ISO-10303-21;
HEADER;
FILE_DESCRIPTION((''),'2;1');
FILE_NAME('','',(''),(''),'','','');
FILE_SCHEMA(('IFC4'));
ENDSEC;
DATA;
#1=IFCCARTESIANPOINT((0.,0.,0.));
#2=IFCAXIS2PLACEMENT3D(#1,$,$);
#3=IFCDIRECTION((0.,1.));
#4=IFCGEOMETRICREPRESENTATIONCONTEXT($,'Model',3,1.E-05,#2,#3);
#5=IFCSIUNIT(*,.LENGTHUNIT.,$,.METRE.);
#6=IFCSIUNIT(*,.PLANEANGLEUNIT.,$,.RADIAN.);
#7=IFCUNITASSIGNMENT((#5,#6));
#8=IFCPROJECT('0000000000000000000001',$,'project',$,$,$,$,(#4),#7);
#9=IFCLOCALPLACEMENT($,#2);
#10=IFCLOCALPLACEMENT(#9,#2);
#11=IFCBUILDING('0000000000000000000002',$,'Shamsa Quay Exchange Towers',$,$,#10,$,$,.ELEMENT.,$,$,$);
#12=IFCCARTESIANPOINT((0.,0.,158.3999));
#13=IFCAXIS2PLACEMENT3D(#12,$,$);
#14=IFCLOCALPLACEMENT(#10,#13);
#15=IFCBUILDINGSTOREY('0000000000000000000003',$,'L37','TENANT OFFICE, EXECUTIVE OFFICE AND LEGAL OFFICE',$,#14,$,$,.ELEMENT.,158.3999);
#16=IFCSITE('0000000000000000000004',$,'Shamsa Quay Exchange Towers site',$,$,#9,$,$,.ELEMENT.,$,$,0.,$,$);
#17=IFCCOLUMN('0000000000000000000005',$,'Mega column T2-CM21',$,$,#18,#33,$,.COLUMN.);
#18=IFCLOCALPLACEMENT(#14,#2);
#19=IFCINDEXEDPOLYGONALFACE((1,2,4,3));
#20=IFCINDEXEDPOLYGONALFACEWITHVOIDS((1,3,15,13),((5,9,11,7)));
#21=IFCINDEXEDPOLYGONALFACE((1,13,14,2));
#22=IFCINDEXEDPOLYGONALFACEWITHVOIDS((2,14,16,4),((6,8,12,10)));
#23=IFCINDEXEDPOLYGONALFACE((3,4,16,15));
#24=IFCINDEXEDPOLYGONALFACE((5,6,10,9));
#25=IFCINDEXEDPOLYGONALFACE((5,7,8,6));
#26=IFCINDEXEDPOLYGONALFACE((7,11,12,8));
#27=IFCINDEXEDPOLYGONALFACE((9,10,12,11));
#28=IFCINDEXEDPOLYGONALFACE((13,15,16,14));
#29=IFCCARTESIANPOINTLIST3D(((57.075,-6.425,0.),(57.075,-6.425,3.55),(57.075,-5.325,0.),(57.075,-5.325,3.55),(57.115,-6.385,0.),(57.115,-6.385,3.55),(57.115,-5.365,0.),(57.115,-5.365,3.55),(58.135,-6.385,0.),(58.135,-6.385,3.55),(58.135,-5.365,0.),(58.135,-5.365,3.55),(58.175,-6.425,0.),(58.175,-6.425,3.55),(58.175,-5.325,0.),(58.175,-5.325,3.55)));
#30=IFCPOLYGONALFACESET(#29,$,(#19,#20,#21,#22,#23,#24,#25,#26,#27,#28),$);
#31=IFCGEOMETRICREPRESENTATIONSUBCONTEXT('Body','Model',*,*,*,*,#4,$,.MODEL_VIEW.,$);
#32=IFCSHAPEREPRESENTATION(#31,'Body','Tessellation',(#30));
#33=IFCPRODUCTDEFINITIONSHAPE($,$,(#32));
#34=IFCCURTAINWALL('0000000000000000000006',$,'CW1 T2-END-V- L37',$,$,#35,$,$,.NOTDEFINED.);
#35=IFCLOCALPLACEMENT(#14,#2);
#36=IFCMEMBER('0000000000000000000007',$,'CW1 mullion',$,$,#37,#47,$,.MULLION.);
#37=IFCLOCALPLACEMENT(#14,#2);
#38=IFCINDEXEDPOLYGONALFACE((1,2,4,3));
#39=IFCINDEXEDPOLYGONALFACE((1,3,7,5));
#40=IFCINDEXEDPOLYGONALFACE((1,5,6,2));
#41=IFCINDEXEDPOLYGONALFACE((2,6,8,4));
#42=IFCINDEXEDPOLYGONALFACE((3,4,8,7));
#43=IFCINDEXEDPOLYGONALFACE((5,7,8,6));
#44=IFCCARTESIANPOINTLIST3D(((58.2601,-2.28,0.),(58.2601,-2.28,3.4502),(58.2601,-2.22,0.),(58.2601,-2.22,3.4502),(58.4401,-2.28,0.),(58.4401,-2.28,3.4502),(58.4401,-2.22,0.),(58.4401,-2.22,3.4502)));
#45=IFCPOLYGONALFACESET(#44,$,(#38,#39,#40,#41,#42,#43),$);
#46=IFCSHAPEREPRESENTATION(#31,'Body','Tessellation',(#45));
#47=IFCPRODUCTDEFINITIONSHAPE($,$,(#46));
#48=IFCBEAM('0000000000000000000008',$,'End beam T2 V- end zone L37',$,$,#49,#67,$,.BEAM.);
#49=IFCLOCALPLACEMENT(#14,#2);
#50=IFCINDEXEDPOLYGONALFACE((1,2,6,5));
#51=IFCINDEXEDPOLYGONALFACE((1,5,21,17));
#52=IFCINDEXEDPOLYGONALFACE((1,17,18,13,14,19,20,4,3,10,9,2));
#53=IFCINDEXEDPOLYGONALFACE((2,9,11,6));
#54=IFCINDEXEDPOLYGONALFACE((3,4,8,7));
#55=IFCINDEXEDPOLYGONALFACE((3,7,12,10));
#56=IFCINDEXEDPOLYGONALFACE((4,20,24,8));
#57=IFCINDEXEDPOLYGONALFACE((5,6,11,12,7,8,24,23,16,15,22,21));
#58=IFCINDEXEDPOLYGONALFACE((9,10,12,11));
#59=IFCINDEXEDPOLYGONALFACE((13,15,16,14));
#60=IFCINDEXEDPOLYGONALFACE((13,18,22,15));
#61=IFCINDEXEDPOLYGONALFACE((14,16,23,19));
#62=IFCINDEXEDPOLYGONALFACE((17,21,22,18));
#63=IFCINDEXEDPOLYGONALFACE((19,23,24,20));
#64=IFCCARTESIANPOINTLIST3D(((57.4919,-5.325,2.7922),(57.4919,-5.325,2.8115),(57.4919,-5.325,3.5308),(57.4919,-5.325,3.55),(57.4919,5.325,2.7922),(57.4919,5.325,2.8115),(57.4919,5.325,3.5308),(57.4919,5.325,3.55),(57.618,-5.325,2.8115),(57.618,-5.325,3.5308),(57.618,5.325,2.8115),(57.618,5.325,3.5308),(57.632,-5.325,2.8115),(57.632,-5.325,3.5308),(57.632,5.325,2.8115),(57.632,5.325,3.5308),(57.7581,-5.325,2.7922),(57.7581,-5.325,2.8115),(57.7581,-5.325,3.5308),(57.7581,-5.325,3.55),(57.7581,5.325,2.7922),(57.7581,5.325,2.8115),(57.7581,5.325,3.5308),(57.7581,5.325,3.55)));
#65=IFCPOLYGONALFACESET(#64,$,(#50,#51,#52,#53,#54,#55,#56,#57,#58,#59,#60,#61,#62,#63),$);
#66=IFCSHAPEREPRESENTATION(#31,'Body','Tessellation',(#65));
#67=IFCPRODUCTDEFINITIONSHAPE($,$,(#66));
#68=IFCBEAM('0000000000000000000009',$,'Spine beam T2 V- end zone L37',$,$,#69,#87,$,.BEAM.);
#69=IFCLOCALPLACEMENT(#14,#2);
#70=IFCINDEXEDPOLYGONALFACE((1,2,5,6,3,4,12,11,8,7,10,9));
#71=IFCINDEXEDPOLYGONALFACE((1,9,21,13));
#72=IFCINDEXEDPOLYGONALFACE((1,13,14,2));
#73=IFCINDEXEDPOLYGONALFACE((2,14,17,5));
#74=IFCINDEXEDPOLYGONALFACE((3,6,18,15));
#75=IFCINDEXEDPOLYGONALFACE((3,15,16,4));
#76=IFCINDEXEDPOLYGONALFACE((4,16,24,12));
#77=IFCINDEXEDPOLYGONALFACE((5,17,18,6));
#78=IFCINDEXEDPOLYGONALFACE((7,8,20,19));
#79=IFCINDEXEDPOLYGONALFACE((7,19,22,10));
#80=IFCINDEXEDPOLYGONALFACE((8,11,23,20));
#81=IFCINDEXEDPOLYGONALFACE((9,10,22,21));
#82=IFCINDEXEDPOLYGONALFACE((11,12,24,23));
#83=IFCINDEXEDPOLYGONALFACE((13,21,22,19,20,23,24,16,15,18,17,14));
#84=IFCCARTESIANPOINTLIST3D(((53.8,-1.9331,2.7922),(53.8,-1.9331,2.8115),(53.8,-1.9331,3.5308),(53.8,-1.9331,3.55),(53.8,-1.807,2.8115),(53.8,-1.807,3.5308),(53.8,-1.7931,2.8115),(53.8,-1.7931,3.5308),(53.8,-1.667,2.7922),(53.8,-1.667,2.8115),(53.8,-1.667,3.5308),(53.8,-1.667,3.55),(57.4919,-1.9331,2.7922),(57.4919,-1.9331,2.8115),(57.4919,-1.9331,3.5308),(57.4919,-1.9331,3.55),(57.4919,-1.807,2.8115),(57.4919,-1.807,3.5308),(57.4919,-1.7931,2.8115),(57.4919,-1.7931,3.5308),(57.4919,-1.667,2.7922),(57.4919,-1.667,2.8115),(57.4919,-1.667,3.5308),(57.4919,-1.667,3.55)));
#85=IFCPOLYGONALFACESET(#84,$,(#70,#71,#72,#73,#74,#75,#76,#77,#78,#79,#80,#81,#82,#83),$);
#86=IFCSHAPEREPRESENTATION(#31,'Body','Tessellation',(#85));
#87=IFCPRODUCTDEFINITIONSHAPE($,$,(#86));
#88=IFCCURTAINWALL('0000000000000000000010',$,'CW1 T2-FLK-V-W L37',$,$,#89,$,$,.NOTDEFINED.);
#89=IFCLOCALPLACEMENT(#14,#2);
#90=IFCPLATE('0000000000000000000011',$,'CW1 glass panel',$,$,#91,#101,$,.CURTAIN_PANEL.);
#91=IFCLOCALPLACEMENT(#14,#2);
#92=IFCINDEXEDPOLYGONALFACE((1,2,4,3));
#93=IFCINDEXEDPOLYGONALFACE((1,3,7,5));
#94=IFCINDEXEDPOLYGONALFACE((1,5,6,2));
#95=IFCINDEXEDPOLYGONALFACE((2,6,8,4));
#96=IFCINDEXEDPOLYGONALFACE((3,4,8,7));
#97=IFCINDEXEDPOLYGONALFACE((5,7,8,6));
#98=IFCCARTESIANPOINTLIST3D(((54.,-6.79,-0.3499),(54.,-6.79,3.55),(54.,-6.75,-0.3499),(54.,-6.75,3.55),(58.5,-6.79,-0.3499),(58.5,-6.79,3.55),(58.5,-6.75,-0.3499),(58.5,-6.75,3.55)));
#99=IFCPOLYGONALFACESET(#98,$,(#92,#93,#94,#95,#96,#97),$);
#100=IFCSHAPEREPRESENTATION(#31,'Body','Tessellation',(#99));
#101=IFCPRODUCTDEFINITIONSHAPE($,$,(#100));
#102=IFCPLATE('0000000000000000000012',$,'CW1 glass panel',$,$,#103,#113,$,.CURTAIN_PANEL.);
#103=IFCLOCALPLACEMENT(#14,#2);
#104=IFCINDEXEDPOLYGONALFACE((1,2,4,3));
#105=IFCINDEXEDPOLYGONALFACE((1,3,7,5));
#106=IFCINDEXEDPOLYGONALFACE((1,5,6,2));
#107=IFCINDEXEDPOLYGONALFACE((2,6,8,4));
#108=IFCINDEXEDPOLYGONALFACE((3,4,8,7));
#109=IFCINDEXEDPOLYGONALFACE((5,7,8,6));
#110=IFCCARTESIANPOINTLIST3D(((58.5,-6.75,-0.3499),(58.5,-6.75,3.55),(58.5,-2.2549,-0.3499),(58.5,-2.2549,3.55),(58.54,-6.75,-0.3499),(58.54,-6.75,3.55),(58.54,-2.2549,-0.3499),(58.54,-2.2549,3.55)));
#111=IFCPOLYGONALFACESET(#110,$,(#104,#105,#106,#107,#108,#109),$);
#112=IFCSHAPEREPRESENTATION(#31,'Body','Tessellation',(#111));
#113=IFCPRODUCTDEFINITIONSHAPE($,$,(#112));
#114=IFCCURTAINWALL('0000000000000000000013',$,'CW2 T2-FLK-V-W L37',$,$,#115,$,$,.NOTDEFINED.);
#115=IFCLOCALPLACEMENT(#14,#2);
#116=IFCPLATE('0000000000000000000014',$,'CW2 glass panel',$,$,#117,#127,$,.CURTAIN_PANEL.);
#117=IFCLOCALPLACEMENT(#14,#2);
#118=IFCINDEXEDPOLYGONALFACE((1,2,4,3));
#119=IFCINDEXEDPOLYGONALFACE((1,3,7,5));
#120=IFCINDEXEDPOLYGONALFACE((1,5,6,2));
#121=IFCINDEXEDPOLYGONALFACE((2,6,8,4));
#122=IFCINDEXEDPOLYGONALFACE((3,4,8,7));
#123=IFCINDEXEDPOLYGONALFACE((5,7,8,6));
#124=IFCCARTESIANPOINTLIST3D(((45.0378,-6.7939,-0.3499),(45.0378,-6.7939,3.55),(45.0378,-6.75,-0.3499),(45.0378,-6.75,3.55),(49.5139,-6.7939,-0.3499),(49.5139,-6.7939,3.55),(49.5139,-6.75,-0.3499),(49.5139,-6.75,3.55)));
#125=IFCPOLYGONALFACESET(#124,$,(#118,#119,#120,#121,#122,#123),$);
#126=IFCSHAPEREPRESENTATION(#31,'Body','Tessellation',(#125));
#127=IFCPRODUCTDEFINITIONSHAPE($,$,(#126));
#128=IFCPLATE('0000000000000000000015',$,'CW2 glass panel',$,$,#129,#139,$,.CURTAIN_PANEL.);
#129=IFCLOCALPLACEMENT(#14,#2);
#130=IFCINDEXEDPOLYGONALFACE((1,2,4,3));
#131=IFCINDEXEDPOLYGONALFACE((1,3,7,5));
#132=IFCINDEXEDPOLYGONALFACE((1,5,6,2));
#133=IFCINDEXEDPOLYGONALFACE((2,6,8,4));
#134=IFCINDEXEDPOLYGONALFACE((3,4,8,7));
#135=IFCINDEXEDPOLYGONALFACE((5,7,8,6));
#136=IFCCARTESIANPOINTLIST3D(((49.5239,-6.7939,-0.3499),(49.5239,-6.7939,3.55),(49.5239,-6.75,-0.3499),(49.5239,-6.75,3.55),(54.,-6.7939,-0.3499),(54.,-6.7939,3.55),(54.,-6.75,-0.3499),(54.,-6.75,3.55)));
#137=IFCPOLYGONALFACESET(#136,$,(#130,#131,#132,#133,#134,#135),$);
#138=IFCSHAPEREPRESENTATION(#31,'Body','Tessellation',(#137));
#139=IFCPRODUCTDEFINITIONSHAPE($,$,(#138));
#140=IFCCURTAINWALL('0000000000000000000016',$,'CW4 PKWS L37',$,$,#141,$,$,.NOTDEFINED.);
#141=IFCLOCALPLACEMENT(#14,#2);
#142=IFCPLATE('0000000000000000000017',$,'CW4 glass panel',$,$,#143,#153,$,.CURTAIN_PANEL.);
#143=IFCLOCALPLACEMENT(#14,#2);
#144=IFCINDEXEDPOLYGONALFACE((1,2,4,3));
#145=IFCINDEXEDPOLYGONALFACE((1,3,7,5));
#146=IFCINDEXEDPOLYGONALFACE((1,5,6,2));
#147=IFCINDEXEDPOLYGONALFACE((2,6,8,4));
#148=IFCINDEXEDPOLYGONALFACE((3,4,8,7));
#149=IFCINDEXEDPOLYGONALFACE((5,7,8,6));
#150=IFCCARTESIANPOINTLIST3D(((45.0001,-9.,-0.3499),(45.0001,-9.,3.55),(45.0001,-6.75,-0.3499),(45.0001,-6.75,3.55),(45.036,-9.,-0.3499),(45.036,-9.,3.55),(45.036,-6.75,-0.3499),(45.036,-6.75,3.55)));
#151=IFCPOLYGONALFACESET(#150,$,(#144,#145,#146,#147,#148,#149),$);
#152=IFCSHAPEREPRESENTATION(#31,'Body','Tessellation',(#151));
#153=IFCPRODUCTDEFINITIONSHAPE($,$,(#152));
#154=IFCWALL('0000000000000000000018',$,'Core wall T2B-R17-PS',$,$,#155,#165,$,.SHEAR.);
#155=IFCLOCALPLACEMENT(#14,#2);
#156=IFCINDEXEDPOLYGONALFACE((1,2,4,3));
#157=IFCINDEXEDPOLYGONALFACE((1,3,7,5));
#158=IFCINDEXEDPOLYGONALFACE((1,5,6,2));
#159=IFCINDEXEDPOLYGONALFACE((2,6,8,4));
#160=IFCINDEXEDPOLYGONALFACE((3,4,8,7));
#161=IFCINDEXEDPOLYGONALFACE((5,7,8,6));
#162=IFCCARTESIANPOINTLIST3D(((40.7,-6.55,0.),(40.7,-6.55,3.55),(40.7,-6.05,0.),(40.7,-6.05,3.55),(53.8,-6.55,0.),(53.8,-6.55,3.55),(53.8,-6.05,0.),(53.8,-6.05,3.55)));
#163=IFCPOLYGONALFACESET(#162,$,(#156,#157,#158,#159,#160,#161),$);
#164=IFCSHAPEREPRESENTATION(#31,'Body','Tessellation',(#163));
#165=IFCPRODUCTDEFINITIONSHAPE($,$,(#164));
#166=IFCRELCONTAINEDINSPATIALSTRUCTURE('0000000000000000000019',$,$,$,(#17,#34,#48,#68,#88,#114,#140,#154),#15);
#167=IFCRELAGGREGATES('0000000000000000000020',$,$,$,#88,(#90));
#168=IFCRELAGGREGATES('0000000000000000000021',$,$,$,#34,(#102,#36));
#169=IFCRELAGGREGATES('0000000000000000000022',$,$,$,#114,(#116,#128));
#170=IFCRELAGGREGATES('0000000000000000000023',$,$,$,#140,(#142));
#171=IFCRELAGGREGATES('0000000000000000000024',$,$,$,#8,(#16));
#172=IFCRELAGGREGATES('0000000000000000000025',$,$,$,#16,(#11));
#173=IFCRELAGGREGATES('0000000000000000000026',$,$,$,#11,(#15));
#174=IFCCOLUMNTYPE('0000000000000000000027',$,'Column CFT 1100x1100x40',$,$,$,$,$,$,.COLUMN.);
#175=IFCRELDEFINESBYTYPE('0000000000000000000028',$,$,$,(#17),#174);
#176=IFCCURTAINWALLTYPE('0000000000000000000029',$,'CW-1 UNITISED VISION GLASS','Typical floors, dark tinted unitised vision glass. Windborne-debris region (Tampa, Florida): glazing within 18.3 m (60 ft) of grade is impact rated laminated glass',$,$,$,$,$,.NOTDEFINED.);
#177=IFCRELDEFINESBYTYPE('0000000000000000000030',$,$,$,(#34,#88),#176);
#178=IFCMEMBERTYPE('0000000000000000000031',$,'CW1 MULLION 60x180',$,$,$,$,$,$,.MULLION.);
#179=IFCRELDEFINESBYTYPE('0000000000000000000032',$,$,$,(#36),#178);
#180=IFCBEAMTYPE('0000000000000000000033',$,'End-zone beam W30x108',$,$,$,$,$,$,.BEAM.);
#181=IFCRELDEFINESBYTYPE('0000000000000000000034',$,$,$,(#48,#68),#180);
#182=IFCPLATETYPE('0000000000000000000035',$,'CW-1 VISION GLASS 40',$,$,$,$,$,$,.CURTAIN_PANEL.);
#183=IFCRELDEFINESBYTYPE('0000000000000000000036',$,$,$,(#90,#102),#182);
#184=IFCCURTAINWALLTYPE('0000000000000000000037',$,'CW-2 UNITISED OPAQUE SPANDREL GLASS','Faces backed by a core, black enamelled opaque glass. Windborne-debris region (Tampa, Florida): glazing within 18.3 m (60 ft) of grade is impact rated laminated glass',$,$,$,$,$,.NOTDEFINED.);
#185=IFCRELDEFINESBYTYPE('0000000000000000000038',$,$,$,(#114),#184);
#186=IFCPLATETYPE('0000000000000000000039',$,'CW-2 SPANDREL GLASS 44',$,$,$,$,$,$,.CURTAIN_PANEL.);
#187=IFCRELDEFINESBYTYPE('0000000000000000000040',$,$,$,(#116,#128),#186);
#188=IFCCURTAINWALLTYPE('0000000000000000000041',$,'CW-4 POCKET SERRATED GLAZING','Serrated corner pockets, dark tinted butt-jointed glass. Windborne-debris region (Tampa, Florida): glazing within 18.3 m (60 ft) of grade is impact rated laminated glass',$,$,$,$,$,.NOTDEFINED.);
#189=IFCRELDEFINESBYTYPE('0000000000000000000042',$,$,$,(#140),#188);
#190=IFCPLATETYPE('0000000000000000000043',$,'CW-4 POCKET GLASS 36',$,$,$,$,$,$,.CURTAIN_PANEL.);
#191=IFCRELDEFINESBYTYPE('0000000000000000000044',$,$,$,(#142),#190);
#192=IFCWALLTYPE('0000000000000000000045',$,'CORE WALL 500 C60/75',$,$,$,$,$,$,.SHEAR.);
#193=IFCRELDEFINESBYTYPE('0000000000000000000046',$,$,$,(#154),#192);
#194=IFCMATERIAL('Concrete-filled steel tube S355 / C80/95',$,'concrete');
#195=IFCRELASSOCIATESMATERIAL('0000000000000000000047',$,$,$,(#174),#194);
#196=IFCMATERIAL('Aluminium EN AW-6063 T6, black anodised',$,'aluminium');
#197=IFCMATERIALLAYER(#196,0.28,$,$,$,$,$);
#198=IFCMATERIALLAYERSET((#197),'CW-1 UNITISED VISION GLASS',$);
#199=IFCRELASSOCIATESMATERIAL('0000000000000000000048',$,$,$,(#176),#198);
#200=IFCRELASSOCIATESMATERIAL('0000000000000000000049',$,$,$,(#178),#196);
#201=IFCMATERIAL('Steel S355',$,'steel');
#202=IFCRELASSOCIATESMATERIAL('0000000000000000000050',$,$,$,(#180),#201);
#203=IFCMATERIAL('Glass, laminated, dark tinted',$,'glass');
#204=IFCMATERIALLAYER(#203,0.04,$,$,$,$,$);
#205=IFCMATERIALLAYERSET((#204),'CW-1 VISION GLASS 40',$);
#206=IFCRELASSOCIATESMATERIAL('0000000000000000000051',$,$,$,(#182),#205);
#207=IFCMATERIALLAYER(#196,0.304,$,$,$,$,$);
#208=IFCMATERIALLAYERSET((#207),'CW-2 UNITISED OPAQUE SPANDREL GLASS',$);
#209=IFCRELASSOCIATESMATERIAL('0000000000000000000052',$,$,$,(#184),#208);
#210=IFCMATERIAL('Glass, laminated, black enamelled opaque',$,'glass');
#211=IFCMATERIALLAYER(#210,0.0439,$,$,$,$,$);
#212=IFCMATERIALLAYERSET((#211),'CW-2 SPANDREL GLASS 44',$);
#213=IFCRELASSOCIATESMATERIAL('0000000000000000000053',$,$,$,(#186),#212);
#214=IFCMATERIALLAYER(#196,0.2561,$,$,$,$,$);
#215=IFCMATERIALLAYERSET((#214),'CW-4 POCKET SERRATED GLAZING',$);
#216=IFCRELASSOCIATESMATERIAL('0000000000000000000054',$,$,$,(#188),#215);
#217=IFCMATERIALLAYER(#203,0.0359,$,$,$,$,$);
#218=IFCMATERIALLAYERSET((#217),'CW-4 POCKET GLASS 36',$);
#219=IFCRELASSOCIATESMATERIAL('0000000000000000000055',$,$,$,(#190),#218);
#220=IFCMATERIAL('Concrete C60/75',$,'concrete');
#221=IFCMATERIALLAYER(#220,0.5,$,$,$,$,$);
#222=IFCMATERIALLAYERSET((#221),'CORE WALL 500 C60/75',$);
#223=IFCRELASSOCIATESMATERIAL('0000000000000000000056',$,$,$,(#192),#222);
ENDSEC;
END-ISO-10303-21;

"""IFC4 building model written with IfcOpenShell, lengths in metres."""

from ifc_helpers import new_model, si_unit, direction, frame, frame_2d, origin, origin_2d, place, context, subcontext, project, spatial, rectangle, hollow_rectangle, i_section, extrude, material, layer, layer_set, material_profile, profile_set, type_object, element, aggregate, save


model = new_model("IFC4")

# Units and contexts
model_context = context("Model", 3, precision=1e-05, world=origin(), true_north=direction((0.0, 1.0)))
body_context = subcontext(model_context, "Body", "Model", "MODEL_VIEW")
ifc_project = project(units=[si_unit("LENGTHUNIT", "METRE"), si_unit("PLANEANGLEUNIT", "RADIAN")], contexts=[model_context])

# Site, building, storey
site_placement = place(None, origin())
site = spatial("IfcSite", under=ifc_project, at=site_placement, Name="Shamsa Quay Exchange Towers site", CompositionType="ELEMENT", RefElevation=0.0)
building_placement = place(site_placement, origin())
building = spatial("IfcBuilding", under=site, at=building_placement, Name="Shamsa Quay Exchange Towers", CompositionType="ELEMENT")
storey_placement = place(building_placement, frame((0.0, 0.0, 158.3999)))
storey = spatial("IfcBuildingStorey", under=building, at=storey_placement, Name="L37", Description="TENANT OFFICE, EXECUTIVE OFFICE AND LEGAL OFFICE", CompositionType="ELEMENT", Elevation=158.3999)

# Column
ifc_material_1 = material(Name="Concrete-filled steel tube S355 / C80/95", Category="concrete")
ifc_material_profile_1 = material_profile(ifc_material_1, hollow_rectangle(XDim=1.1001, YDim=1.1001, WallThickness=0.04, at=origin_2d()), Name="CFT 1100x1100x40")
ifc_profile_set_1 = profile_set([ifc_material_profile_1], Name="Concrete-filled steel tube S355 / C80/95")
column_type = type_object("IfcColumnType", Name="Column CFT 1100x1100x40", PredefinedType="COLUMN", material=ifc_profile_set_1)
column_placement = place(storey_placement, frame((57.625, -5.875, 0.0)))
element("IfcColumn", 1, at=column_placement, inside=storey, type_object=column_type, Name="Mega column T2-CM21", PredefinedType="COLUMN", context=body_context, shape_type="SweptSolid", body=[
    extrude(hollow_rectangle(XDim=1.1001, YDim=1.1001, WallThickness=0.04, at=origin_2d()), origin(), (0.0, 0.0, 1.0), 3.55),
])

# Curtain wall, member
ifc_material_2 = material(Name="Aluminium EN AW-6063 T6, black anodised", Category="aluminium")
ifc_layer_1 = layer(ifc_material_2, 0.28)
ifc_layer_set_1 = layer_set([ifc_layer_1], Name="CW-1 UNITISED VISION GLASS")
curtain_wall_type_1 = type_object("IfcCurtainWallType", Name="CW-1 UNITISED VISION GLASS", Description="Typical floors, dark tinted unitised vision glass. Windborne-debris region (Tampa, Florida): glazing within 18.3 m (60 ft) of grade is impact rated laminated glass", PredefinedType="NOTDEFINED", material=ifc_layer_set_1)
curtain_wall_1_placement = place(storey_placement, origin())
curtain_wall_1 = element("IfcCurtainWall", 2, at=curtain_wall_1_placement, inside=storey, type_object=curtain_wall_type_1, Name="CW1 T2-END-V- L37", PredefinedType="NOTDEFINED")
ifc_material_profile_2 = material_profile(ifc_material_2, rectangle(XDim=0.1799, YDim=0.0601, at=origin_2d()), Name="MU60x180")
ifc_profile_set_2 = profile_set([ifc_material_profile_2], Name="Aluminium EN AW-6063 T6, black anodised")
member_type = type_object("IfcMemberType", Name="CW1 MULLION 60x180", PredefinedType="MULLION", material=ifc_profile_set_2)
member_placement = place(storey_placement, frame((58.3501, -2.25, 0.0), z_axis=(0.0, 0.0, 1.0), x_axis=(-1.0, 0.0, 0.0)))
member = element("IfcMember", 3, at=member_placement, type_object=member_type, Name="CW1 mullion", PredefinedType="MULLION", context=body_context, shape_type="SweptSolid", body=[
    extrude(rectangle(XDim=0.1799, YDim=0.0601, at=origin_2d()), origin(), (0.0, 0.0, 1.0), 3.4502),
])

# Beams
ifc_material_3 = material(Name="Steel S355", Category="steel")
ifc_material_profile_3 = material_profile(ifc_material_3, i_section(OverallWidth=0.2661, OverallDepth=0.7578, WebThickness=0.0139, FlangeThickness=0.0193, at=origin_2d()), Name="W30x108")
ifc_profile_set_3 = profile_set([ifc_material_profile_3], Name="Steel S355")
beam_type = type_object("IfcBeamType", Name="End-zone beam W30x108", PredefinedType="BEAM", material=ifc_profile_set_3)
beam_1_placement = place(storey_placement, frame((57.625, -5.325, 3.1711), z_axis=(0.0, 1.0, 0.0), x_axis=(-1.0, 0.0, 0.0)))
element("IfcBeam", 4, at=beam_1_placement, inside=storey, type_object=beam_type, Name="End beam T2 V- end zone L37", PredefinedType="BEAM", context=body_context, shape_type="SweptSolid", body=[
    extrude(i_section(OverallWidth=0.2661, OverallDepth=0.7578, WebThickness=0.0139, FlangeThickness=0.0193, at=origin_2d()), origin(), (0.0, 0.0, 1.0), 10.6499),
])
beam_2_placement = place(storey_placement, frame((53.8, -1.8, 3.1711), z_axis=(1.0, 0.0, 0.0), x_axis=(0.0, 1.0, 0.0)))
element("IfcBeam", 5, at=beam_2_placement, inside=storey, type_object=beam_type, Name="Spine beam T2 V- end zone L37", PredefinedType="BEAM", context=body_context, shape_type="SweptSolid", body=[
    extrude(i_section(OverallWidth=0.2661, OverallDepth=0.7578, WebThickness=0.0139, FlangeThickness=0.0193, at=origin_2d()), origin(), (0.0, 0.0, 1.0), 3.6919),
])

# Curtain wall, plate
curtain_wall_2_placement = place(storey_placement, origin())
curtain_wall_2 = element("IfcCurtainWall", 6, at=curtain_wall_2_placement, inside=storey, type_object=curtain_wall_type_1, Name="CW1 T2-FLK-V-W L37", PredefinedType="NOTDEFINED")
ifc_material_4 = material(Name="Glass, laminated, dark tinted", Category="glass")
ifc_layer_2 = layer(ifc_material_4, 0.04)
ifc_layer_set_2 = layer_set([ifc_layer_2], Name="CW-1 VISION GLASS 40")
plate_type_1 = type_object("IfcPlateType", Name="CW-1 VISION GLASS 40", PredefinedType="CURTAIN_PANEL", material=ifc_layer_set_2)
plate_1_placement = place(storey_placement, frame((56.25, -6.77, -0.3499)))
plate_1 = element("IfcPlate", 7, at=plate_1_placement, type_object=plate_type_1, Name="CW1 glass panel", PredefinedType="CURTAIN_PANEL", context=body_context, shape_type="SweptSolid", body=[
    extrude(rectangle(XDim=4.5, YDim=0.04, at=origin_2d()), origin(), (0.0, 0.0, 1.0), 3.8999),
])
aggregate(curtain_wall_2, [plate_1])

# Plate
plate_2_placement = place(storey_placement, frame((58.52, -4.5024, -0.3499), z_axis=(0.0, 0.0, 1.0), x_axis=(0.0, 1.0, 0.0)))
plate_2 = element("IfcPlate", 8, at=plate_2_placement, type_object=plate_type_1, Name="CW1 glass panel", PredefinedType="CURTAIN_PANEL", context=body_context, shape_type="SweptSolid", body=[
    extrude(rectangle(XDim=4.4951, YDim=0.04, at=origin_2d()), origin(), (0.0, 0.0, 1.0), 3.8999),
])
aggregate(curtain_wall_1, [plate_2, member])

# Curtain wall, plates
ifc_layer_3 = layer(ifc_material_2, 0.304)
ifc_layer_set_3 = layer_set([ifc_layer_3], Name="CW-2 UNITISED OPAQUE SPANDREL GLASS")
curtain_wall_type_2 = type_object("IfcCurtainWallType", Name="CW-2 UNITISED OPAQUE SPANDREL GLASS", Description="Faces backed by a core, black enamelled opaque glass. Windborne-debris region (Tampa, Florida): glazing within 18.3 m (60 ft) of grade is impact rated laminated glass", PredefinedType="NOTDEFINED", material=ifc_layer_set_3)
curtain_wall_3_placement = place(storey_placement, origin())
curtain_wall_3 = element("IfcCurtainWall", 9, at=curtain_wall_3_placement, inside=storey, type_object=curtain_wall_type_2, Name="CW2 T2-FLK-V-W L37", PredefinedType="NOTDEFINED")
ifc_material_5 = material(Name="Glass, laminated, black enamelled opaque", Category="glass")
ifc_layer_4 = layer(ifc_material_5, 0.0439)
ifc_layer_set_4 = layer_set([ifc_layer_4], Name="CW-2 SPANDREL GLASS 44")
plate_type_2 = type_object("IfcPlateType", Name="CW-2 SPANDREL GLASS 44", PredefinedType="CURTAIN_PANEL", material=ifc_layer_set_4)
plate_3_placement = place(storey_placement, frame((47.2759, -6.772, -0.3499)))
plate_3 = element("IfcPlate", 10, at=plate_3_placement, type_object=plate_type_2, Name="CW2 glass panel", PredefinedType="CURTAIN_PANEL", context=body_context, shape_type="SweptSolid", body=[
    extrude(rectangle(XDim=4.4761, YDim=0.0439, at=origin_2d()), origin(), (0.0, 0.0, 1.0), 3.8999),
])
plate_4_placement = place(storey_placement, frame((51.762, -6.772, -0.3499)))
plate_4 = element("IfcPlate", 11, at=plate_4_placement, type_object=plate_type_2, Name="CW2 glass panel", PredefinedType="CURTAIN_PANEL", context=body_context, shape_type="SweptSolid", body=[
    extrude(rectangle(XDim=4.4761, YDim=0.0439, at=origin_2d()), origin(), (0.0, 0.0, 1.0), 3.8999),
])
aggregate(curtain_wall_3, [plate_3, plate_4])

# Curtain wall, plate
ifc_layer_5 = layer(ifc_material_2, 0.2561)
ifc_layer_set_5 = layer_set([ifc_layer_5], Name="CW-4 POCKET SERRATED GLAZING")
curtain_wall_type_3 = type_object("IfcCurtainWallType", Name="CW-4 POCKET SERRATED GLAZING", Description="Serrated corner pockets, dark tinted butt-jointed glass. Windborne-debris region (Tampa, Florida): glazing within 18.3 m (60 ft) of grade is impact rated laminated glass", PredefinedType="NOTDEFINED", material=ifc_layer_set_5)
curtain_wall_4_placement = place(storey_placement, origin())
curtain_wall_4 = element("IfcCurtainWall", 12, at=curtain_wall_4_placement, inside=storey, type_object=curtain_wall_type_3, Name="CW4 PKWS L37", PredefinedType="NOTDEFINED")
ifc_layer_6 = layer(ifc_material_4, 0.0359)
ifc_layer_set_6 = layer_set([ifc_layer_6], Name="CW-4 POCKET GLASS 36")
plate_type_3 = type_object("IfcPlateType", Name="CW-4 POCKET GLASS 36", PredefinedType="CURTAIN_PANEL", material=ifc_layer_set_6)
plate_5_placement = place(storey_placement, frame((45.0181, -7.875, -0.3499), z_axis=(0.0, 0.0, 1.0), x_axis=(0.0, 1.0, 0.0)))
plate_5 = element("IfcPlate", 13, at=plate_5_placement, type_object=plate_type_3, Name="CW4 glass panel", PredefinedType="CURTAIN_PANEL", context=body_context, shape_type="SweptSolid", body=[
    extrude(rectangle(XDim=2.25, YDim=0.0359, at=origin_2d()), origin(), (0.0, 0.0, 1.0), 3.8999),
])
aggregate(curtain_wall_4, [plate_5])

# Wall
ifc_material_6 = material(Name="Concrete C60/75", Category="concrete")
ifc_layer_7 = layer(ifc_material_6, 0.5)
ifc_layer_set_7 = layer_set([ifc_layer_7], Name="CORE WALL 500 C60/75")
wall_type_1 = type_object("IfcWallType", Name="CORE WALL 500 C60/75", PredefinedType="SHEAR", material=ifc_layer_set_7)
wall_1_placement = place(storey_placement, frame((53.8, -6.3, 0.0), z_axis=(0.0, 0.0, 1.0), x_axis=(-1.0, 0.0, 0.0)))
element("IfcWall", 14, at=wall_1_placement, inside=storey, type_object=wall_type_1, Name="Core wall T2B-R17-PS", PredefinedType="SHEAR", context=body_context, shape_type="SweptSolid", body=[
    extrude(rectangle(XDim=13.1001, YDim=0.5, at=frame_2d((6.55, 0.0))), origin(), (0.0, 0.0, 1.0), 3.55),
])

save(model, "model.ifc")
